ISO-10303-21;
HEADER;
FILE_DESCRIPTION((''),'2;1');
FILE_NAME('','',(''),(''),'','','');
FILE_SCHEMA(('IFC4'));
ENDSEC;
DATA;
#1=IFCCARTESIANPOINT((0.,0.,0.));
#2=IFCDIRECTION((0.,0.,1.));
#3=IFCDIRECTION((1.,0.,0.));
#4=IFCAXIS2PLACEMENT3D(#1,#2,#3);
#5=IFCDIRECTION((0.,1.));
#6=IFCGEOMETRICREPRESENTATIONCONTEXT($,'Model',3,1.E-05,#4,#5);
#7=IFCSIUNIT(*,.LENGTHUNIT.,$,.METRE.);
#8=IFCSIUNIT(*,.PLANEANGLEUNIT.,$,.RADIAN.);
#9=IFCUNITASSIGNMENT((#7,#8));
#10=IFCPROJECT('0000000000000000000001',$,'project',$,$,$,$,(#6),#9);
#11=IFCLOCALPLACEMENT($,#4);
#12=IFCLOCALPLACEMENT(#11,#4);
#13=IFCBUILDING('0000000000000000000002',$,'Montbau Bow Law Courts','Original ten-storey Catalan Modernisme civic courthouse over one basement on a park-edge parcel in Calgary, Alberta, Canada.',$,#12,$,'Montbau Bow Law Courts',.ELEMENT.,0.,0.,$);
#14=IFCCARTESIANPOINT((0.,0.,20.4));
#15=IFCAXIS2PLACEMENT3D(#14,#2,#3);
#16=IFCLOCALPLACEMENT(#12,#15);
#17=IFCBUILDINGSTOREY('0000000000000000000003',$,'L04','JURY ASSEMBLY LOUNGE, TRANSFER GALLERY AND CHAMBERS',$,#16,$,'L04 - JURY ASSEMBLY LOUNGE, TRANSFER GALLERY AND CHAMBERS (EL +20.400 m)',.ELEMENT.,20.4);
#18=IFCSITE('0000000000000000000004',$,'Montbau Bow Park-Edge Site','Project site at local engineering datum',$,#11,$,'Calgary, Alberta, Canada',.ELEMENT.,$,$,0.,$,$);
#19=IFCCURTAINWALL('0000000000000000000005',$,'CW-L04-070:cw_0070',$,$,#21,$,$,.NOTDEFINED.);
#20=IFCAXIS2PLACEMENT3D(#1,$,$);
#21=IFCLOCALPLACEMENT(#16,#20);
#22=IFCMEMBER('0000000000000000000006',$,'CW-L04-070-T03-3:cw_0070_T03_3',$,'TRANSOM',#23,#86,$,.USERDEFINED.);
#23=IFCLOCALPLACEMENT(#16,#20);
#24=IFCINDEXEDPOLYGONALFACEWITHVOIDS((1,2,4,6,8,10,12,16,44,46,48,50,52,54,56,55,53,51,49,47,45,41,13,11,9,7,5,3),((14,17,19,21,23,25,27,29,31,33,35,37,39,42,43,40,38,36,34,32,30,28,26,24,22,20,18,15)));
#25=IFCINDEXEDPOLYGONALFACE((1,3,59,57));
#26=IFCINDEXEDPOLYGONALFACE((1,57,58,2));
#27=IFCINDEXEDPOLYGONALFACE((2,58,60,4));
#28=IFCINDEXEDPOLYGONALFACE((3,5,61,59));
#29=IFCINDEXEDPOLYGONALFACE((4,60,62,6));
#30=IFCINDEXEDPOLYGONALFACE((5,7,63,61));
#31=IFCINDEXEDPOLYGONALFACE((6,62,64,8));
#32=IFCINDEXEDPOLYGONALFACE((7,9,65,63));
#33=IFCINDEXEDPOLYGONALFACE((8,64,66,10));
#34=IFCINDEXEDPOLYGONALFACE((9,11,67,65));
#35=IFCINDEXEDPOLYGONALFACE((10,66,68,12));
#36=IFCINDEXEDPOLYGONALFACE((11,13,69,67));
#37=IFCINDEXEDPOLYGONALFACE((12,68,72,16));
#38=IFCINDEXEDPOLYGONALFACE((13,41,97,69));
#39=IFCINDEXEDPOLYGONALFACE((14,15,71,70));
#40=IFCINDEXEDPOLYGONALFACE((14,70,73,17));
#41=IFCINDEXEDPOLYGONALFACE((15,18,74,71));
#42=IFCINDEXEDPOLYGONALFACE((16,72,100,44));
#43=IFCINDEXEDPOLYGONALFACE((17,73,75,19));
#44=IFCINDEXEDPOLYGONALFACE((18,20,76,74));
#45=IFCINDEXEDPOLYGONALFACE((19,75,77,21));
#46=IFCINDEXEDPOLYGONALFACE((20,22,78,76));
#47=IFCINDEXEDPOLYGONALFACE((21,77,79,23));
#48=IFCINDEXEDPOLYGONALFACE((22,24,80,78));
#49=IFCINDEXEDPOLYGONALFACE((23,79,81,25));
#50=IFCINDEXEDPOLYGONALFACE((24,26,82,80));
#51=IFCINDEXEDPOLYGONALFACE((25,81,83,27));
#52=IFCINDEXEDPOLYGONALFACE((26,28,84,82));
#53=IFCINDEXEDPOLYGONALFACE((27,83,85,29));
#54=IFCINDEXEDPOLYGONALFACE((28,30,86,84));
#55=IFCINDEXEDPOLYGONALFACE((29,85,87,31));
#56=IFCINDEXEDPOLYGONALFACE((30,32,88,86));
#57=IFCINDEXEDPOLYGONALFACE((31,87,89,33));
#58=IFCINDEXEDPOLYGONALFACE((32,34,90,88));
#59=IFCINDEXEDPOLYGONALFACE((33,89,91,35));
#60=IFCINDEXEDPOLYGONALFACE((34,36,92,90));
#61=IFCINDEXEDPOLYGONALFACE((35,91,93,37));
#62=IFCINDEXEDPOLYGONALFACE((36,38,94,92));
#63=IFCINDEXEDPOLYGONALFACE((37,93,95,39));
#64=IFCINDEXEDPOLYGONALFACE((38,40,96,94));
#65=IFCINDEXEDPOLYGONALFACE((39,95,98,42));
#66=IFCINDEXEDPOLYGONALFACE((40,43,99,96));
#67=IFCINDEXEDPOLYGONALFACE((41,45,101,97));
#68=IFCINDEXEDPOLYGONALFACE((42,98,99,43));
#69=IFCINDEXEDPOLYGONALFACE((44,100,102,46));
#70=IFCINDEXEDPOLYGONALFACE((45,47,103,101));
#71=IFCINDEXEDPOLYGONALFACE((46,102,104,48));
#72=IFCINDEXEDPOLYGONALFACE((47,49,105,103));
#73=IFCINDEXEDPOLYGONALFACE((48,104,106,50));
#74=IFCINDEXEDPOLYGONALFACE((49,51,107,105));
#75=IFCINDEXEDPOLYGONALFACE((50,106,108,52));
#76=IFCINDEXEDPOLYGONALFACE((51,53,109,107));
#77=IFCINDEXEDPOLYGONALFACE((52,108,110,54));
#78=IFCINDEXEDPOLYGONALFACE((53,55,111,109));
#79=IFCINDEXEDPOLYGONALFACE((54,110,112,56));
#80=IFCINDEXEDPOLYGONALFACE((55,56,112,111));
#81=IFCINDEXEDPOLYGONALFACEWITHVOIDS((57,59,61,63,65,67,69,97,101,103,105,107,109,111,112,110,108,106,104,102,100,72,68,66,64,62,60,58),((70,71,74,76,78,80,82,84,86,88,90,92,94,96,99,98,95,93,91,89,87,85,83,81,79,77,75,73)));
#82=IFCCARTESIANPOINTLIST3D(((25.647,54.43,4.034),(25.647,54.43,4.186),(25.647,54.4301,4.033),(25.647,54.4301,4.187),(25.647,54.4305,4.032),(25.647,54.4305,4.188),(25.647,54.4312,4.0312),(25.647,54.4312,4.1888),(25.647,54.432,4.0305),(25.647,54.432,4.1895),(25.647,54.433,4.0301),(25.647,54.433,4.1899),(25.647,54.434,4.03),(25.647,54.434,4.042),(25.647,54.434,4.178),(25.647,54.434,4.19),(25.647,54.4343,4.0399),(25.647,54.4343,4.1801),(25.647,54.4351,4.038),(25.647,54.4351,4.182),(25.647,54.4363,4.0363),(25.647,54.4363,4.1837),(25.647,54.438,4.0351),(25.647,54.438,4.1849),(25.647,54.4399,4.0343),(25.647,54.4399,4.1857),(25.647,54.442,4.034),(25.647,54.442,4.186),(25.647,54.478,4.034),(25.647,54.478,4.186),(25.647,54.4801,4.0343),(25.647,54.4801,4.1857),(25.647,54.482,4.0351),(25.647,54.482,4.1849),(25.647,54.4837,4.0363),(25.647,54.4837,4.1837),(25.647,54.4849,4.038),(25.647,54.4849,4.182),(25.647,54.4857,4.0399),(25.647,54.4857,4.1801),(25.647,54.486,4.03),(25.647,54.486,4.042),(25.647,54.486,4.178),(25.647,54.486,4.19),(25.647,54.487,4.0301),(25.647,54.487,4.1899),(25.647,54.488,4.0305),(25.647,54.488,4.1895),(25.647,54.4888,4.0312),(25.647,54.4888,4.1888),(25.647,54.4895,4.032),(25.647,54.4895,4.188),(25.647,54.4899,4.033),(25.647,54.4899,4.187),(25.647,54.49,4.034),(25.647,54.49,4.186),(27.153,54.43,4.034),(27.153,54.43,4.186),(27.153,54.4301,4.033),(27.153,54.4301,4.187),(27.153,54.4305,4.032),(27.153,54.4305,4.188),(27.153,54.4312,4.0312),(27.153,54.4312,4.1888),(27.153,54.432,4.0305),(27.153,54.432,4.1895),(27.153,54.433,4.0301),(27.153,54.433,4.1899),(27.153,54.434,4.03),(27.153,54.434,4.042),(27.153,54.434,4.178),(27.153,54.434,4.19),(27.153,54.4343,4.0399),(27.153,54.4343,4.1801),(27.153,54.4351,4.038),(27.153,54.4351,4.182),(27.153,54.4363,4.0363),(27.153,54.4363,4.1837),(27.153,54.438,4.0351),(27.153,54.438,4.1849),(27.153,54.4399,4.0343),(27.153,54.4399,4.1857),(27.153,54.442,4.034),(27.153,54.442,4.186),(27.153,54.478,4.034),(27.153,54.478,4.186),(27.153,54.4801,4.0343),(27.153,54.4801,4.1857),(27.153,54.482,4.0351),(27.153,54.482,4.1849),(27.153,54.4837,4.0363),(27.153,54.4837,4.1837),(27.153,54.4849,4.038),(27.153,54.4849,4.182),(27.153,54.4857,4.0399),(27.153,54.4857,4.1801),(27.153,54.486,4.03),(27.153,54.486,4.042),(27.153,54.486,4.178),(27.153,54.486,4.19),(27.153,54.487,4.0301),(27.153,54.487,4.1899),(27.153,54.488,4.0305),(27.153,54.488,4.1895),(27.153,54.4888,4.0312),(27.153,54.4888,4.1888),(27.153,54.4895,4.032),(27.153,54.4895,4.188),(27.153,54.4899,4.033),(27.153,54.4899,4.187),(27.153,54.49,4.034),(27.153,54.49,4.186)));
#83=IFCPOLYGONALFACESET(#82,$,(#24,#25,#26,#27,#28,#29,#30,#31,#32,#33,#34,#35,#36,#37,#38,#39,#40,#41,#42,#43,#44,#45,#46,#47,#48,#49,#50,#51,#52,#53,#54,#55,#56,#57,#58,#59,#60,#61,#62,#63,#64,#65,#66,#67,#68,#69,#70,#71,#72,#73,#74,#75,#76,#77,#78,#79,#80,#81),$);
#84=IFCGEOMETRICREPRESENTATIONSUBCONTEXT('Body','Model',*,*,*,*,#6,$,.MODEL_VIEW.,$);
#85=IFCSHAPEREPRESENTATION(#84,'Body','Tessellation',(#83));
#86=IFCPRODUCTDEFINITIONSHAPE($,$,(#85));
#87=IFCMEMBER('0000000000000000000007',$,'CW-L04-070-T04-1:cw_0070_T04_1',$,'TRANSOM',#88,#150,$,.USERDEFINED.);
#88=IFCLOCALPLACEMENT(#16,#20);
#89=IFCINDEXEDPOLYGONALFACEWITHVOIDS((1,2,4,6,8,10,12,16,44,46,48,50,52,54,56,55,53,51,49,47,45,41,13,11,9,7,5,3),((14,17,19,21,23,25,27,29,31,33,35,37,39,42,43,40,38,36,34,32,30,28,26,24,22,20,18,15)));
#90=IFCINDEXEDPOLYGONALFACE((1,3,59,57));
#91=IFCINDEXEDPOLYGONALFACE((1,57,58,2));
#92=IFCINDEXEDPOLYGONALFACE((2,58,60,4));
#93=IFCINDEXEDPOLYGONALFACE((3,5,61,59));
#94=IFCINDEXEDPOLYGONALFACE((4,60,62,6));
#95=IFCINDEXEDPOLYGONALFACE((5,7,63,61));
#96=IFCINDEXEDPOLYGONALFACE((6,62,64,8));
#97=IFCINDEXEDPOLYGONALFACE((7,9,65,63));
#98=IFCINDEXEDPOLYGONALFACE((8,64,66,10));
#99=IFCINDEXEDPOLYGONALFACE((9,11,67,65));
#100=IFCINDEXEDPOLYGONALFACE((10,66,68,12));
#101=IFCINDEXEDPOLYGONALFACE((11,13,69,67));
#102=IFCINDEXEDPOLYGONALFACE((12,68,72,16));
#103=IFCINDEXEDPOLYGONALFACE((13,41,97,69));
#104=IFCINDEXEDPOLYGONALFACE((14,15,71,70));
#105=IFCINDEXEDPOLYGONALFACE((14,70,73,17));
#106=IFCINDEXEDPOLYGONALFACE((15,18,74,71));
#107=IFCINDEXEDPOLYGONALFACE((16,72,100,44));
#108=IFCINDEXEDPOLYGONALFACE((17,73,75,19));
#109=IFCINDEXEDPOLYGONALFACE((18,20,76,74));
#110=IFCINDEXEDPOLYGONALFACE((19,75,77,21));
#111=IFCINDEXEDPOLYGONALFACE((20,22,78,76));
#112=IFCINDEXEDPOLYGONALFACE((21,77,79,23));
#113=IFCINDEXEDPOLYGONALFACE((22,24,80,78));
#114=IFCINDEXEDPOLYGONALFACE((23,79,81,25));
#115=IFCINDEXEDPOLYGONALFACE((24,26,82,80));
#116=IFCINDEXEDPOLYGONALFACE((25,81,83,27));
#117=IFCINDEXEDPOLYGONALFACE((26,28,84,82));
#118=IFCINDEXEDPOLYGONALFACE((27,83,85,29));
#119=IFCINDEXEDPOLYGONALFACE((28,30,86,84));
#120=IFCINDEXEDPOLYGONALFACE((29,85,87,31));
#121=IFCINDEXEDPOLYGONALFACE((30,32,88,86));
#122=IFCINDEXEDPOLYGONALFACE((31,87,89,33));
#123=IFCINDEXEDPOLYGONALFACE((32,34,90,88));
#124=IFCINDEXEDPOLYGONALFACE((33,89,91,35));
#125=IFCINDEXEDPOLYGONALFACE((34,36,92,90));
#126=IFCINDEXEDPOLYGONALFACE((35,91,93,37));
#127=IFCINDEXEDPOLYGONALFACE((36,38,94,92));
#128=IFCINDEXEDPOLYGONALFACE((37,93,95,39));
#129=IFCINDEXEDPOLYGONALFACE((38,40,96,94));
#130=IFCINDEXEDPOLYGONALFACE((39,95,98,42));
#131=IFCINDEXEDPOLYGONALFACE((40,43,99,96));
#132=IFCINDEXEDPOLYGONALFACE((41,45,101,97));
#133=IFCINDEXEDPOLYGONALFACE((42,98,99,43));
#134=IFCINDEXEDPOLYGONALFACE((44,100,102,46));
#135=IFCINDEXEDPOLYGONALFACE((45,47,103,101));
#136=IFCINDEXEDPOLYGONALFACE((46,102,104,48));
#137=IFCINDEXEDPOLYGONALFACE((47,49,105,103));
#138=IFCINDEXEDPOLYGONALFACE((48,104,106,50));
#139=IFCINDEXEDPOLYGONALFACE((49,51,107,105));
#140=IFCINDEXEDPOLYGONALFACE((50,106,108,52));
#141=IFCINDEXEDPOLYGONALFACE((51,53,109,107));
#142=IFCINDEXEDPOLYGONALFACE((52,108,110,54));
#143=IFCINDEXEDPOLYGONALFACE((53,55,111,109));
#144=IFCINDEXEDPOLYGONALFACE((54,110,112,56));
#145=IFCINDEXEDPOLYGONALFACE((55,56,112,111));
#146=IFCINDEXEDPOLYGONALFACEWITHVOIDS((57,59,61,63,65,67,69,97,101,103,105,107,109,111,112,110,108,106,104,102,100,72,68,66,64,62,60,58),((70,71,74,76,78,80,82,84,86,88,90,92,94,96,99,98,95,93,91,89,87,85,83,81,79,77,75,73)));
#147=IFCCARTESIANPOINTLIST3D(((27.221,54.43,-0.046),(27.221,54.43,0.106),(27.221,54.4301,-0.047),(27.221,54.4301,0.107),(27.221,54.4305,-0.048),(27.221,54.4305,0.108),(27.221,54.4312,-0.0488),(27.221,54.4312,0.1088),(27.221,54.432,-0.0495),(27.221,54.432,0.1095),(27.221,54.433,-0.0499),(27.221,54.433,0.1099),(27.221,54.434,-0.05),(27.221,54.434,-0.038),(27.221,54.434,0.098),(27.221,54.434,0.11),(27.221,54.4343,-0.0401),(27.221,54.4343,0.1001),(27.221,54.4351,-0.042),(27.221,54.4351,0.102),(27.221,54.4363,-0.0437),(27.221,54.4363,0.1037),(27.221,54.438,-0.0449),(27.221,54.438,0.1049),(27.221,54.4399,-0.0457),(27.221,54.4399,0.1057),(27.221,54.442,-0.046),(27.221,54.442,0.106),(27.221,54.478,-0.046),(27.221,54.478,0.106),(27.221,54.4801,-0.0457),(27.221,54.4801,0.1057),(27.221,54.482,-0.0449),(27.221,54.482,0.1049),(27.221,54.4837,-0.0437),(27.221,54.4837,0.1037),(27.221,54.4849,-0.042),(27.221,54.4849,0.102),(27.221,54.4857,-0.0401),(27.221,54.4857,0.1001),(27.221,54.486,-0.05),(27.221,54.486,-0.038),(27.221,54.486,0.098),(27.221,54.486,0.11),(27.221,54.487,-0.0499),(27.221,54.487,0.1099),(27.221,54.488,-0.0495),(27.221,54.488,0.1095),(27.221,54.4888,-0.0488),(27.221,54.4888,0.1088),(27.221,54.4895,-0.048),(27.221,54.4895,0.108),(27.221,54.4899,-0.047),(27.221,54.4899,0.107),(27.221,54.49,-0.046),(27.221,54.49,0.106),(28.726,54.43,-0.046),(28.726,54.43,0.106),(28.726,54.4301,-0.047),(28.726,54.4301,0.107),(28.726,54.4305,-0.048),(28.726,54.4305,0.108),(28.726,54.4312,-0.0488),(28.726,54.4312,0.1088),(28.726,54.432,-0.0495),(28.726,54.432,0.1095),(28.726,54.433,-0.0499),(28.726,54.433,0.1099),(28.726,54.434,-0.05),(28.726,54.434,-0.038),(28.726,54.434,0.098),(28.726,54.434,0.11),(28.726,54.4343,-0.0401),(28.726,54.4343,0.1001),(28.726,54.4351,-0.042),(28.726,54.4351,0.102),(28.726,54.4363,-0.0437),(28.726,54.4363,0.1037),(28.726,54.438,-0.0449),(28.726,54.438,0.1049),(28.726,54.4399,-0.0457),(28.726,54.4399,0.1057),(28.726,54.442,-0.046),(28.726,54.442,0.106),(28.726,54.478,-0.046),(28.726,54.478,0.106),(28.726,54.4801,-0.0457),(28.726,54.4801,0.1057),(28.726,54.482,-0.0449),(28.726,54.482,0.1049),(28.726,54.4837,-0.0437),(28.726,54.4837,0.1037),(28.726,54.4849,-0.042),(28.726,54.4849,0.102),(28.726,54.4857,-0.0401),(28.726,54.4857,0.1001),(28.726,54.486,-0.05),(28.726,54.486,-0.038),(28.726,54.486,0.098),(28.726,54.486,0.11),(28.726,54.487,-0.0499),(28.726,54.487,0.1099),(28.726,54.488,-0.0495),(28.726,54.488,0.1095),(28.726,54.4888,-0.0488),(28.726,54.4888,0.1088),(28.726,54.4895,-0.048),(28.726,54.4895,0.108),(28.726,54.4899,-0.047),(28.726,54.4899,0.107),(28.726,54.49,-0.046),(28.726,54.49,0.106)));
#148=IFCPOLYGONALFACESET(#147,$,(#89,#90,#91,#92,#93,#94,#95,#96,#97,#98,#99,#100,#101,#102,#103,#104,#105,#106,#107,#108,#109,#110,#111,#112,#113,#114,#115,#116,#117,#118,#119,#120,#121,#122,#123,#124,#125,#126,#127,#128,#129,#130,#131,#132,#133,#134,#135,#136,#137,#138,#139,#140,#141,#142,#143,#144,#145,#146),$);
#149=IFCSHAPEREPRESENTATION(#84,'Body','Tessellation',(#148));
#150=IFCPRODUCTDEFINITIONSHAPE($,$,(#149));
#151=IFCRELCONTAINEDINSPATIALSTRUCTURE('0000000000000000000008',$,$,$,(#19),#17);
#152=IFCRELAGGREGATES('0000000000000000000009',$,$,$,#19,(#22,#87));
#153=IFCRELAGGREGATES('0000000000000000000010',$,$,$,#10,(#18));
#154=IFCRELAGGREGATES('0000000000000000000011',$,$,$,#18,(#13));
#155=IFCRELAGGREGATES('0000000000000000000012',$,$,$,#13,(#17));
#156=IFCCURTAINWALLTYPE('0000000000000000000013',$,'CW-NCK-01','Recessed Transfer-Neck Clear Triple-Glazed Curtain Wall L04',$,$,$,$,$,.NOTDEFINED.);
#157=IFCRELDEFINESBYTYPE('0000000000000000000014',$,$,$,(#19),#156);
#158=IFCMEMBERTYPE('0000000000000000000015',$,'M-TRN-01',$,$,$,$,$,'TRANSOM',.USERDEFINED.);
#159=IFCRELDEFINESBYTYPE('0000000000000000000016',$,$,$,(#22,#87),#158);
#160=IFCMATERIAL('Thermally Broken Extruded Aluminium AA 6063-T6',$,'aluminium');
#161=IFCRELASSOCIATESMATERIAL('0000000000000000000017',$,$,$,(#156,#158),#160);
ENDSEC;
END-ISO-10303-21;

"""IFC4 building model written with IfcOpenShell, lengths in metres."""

from ifc_helpers import new_model, si_unit, direction, frame, origin_with_axes, origin_2d_with_axis, place, context, subcontext, project, spatial, hollow_rectangle, extrude, material, material_profile, profile_set, type_object, element, aggregate, save


model = new_model("IFC4")

# Units and contexts
model_context = context("Model", 3, precision=1e-05, world=origin_with_axes(), true_north=direction((0.0, 1.0)))
body_context = subcontext(model_context, "Body", "Model", "MODEL_VIEW")
ifc_project = project(units=[si_unit("LENGTHUNIT", "METRE"), si_unit("PLANEANGLEUNIT", "RADIAN")], contexts=[model_context])

# Site, building, storey
site_placement = place(None, origin_with_axes())
site = spatial("IfcSite", under=ifc_project, at=site_placement, Name="Montbau Bow Park-Edge Site", Description="Project site at local engineering datum", LongName="Calgary, Alberta, Canada", CompositionType="ELEMENT", RefElevation=0.0)
building_placement = place(site_placement, origin_with_axes())
building = spatial("IfcBuilding", under=site, at=building_placement, Name="Montbau Bow Law Courts", Description="Original ten-storey Catalan Modernisme civic courthouse over one basement on a park-edge parcel in Calgary, Alberta, Canada.", LongName="Montbau Bow Law Courts", CompositionType="ELEMENT", ElevationOfRefHeight=0.0, ElevationOfTerrain=0.0)
storey_placement = place(building_placement, frame((0.0, 0.0, 20.4), z_axis=(0.0, 0.0, 1.0), x_axis=(1.0, 0.0, 0.0)))
storey = spatial("IfcBuildingStorey", under=building, at=storey_placement, Name="L04", Description="JURY ASSEMBLY LOUNGE, TRANSFER GALLERY AND CHAMBERS", LongName="L04 - JURY ASSEMBLY LOUNGE, TRANSFER GALLERY AND CHAMBERS (EL +20.400 m)", CompositionType="ELEMENT", Elevation=20.4)

# Curtain wall, members
ifc_material_1 = material(Name="Thermally Broken Extruded Aluminium AA 6063-T6", Category="aluminium")
curtain_wall_type = type_object("IfcCurtainWallType", Name="CW-NCK-01", Description="Recessed Transfer-Neck Clear Triple-Glazed Curtain Wall L04", PredefinedType="NOTDEFINED", material=ifc_material_1)
curtain_wall_placement = place(None, frame((22.467, 54.46, 20.4), z_axis=(0.0, 0.0, 1.0), x_axis=(1.0, 0.0, 0.0)))
curtain_wall = element("IfcCurtainWall", 1, at=curtain_wall_placement, inside=storey, type_object=curtain_wall_type, Name="CW-L04-070:cw_0070", PredefinedType="NOTDEFINED")
ifc_material_profile_1 = material_profile(ifc_material_1, hollow_rectangle(XDim=0.06, YDim=0.16, WallThickness=0.004, InnerFilletRadius=0.008, OuterFilletRadius=0.004, at=origin_2d_with_axis()), Name="CWT-160X60", Category="Main", Priority=0)
ifc_profile_set_1 = profile_set([ifc_material_profile_1], Name="Thermally Broken Extruded Aluminium AA 6063-T6")
member_type_1 = type_object("IfcMemberType", Name="M-TRN-01", ElementType="TRANSOM", PredefinedType="USERDEFINED", material=ifc_profile_set_1)
member_1_placement = place(None, frame((25.647, 54.46, 24.51), z_axis=(1.0, 0.0, 0.0), x_axis=(0.0, 1.0, 0.0)))
member_1 = element("IfcMember", 2, at=member_1_placement, type_object=member_type_1, Name="CW-L04-070-T03-3:cw_0070_T03_3", ObjectType="TRANSOM", PredefinedType="USERDEFINED", context=body_context, shape_type="SweptSolid", body=[
    extrude(hollow_rectangle(XDim=0.06, YDim=0.16, WallThickness=0.004, InnerFilletRadius=0.008, OuterFilletRadius=0.004, at=origin_2d_with_axis()), origin_with_axes(), (0.0, 0.0, 1.0), 1.506),
])
member_2_placement = place(None, frame((27.221, 54.46, 20.43), z_axis=(1.0, 0.0, 0.0), x_axis=(0.0, 1.0, 0.0)))
member_2 = element("IfcMember", 3, at=member_2_placement, type_object=member_type_1, Name="CW-L04-070-T04-1:cw_0070_T04_1", ObjectType="TRANSOM", PredefinedType="USERDEFINED", context=body_context, shape_type="SweptSolid", body=[
    extrude(hollow_rectangle(XDim=0.06, YDim=0.16, WallThickness=0.004, InnerFilletRadius=0.008, OuterFilletRadius=0.004, at=origin_2d_with_axis()), origin_with_axes(), (0.0, 0.0, 1.0), 1.505),
])
aggregate(curtain_wall, [member_1, member_2])

save(model, "model.ifc")
